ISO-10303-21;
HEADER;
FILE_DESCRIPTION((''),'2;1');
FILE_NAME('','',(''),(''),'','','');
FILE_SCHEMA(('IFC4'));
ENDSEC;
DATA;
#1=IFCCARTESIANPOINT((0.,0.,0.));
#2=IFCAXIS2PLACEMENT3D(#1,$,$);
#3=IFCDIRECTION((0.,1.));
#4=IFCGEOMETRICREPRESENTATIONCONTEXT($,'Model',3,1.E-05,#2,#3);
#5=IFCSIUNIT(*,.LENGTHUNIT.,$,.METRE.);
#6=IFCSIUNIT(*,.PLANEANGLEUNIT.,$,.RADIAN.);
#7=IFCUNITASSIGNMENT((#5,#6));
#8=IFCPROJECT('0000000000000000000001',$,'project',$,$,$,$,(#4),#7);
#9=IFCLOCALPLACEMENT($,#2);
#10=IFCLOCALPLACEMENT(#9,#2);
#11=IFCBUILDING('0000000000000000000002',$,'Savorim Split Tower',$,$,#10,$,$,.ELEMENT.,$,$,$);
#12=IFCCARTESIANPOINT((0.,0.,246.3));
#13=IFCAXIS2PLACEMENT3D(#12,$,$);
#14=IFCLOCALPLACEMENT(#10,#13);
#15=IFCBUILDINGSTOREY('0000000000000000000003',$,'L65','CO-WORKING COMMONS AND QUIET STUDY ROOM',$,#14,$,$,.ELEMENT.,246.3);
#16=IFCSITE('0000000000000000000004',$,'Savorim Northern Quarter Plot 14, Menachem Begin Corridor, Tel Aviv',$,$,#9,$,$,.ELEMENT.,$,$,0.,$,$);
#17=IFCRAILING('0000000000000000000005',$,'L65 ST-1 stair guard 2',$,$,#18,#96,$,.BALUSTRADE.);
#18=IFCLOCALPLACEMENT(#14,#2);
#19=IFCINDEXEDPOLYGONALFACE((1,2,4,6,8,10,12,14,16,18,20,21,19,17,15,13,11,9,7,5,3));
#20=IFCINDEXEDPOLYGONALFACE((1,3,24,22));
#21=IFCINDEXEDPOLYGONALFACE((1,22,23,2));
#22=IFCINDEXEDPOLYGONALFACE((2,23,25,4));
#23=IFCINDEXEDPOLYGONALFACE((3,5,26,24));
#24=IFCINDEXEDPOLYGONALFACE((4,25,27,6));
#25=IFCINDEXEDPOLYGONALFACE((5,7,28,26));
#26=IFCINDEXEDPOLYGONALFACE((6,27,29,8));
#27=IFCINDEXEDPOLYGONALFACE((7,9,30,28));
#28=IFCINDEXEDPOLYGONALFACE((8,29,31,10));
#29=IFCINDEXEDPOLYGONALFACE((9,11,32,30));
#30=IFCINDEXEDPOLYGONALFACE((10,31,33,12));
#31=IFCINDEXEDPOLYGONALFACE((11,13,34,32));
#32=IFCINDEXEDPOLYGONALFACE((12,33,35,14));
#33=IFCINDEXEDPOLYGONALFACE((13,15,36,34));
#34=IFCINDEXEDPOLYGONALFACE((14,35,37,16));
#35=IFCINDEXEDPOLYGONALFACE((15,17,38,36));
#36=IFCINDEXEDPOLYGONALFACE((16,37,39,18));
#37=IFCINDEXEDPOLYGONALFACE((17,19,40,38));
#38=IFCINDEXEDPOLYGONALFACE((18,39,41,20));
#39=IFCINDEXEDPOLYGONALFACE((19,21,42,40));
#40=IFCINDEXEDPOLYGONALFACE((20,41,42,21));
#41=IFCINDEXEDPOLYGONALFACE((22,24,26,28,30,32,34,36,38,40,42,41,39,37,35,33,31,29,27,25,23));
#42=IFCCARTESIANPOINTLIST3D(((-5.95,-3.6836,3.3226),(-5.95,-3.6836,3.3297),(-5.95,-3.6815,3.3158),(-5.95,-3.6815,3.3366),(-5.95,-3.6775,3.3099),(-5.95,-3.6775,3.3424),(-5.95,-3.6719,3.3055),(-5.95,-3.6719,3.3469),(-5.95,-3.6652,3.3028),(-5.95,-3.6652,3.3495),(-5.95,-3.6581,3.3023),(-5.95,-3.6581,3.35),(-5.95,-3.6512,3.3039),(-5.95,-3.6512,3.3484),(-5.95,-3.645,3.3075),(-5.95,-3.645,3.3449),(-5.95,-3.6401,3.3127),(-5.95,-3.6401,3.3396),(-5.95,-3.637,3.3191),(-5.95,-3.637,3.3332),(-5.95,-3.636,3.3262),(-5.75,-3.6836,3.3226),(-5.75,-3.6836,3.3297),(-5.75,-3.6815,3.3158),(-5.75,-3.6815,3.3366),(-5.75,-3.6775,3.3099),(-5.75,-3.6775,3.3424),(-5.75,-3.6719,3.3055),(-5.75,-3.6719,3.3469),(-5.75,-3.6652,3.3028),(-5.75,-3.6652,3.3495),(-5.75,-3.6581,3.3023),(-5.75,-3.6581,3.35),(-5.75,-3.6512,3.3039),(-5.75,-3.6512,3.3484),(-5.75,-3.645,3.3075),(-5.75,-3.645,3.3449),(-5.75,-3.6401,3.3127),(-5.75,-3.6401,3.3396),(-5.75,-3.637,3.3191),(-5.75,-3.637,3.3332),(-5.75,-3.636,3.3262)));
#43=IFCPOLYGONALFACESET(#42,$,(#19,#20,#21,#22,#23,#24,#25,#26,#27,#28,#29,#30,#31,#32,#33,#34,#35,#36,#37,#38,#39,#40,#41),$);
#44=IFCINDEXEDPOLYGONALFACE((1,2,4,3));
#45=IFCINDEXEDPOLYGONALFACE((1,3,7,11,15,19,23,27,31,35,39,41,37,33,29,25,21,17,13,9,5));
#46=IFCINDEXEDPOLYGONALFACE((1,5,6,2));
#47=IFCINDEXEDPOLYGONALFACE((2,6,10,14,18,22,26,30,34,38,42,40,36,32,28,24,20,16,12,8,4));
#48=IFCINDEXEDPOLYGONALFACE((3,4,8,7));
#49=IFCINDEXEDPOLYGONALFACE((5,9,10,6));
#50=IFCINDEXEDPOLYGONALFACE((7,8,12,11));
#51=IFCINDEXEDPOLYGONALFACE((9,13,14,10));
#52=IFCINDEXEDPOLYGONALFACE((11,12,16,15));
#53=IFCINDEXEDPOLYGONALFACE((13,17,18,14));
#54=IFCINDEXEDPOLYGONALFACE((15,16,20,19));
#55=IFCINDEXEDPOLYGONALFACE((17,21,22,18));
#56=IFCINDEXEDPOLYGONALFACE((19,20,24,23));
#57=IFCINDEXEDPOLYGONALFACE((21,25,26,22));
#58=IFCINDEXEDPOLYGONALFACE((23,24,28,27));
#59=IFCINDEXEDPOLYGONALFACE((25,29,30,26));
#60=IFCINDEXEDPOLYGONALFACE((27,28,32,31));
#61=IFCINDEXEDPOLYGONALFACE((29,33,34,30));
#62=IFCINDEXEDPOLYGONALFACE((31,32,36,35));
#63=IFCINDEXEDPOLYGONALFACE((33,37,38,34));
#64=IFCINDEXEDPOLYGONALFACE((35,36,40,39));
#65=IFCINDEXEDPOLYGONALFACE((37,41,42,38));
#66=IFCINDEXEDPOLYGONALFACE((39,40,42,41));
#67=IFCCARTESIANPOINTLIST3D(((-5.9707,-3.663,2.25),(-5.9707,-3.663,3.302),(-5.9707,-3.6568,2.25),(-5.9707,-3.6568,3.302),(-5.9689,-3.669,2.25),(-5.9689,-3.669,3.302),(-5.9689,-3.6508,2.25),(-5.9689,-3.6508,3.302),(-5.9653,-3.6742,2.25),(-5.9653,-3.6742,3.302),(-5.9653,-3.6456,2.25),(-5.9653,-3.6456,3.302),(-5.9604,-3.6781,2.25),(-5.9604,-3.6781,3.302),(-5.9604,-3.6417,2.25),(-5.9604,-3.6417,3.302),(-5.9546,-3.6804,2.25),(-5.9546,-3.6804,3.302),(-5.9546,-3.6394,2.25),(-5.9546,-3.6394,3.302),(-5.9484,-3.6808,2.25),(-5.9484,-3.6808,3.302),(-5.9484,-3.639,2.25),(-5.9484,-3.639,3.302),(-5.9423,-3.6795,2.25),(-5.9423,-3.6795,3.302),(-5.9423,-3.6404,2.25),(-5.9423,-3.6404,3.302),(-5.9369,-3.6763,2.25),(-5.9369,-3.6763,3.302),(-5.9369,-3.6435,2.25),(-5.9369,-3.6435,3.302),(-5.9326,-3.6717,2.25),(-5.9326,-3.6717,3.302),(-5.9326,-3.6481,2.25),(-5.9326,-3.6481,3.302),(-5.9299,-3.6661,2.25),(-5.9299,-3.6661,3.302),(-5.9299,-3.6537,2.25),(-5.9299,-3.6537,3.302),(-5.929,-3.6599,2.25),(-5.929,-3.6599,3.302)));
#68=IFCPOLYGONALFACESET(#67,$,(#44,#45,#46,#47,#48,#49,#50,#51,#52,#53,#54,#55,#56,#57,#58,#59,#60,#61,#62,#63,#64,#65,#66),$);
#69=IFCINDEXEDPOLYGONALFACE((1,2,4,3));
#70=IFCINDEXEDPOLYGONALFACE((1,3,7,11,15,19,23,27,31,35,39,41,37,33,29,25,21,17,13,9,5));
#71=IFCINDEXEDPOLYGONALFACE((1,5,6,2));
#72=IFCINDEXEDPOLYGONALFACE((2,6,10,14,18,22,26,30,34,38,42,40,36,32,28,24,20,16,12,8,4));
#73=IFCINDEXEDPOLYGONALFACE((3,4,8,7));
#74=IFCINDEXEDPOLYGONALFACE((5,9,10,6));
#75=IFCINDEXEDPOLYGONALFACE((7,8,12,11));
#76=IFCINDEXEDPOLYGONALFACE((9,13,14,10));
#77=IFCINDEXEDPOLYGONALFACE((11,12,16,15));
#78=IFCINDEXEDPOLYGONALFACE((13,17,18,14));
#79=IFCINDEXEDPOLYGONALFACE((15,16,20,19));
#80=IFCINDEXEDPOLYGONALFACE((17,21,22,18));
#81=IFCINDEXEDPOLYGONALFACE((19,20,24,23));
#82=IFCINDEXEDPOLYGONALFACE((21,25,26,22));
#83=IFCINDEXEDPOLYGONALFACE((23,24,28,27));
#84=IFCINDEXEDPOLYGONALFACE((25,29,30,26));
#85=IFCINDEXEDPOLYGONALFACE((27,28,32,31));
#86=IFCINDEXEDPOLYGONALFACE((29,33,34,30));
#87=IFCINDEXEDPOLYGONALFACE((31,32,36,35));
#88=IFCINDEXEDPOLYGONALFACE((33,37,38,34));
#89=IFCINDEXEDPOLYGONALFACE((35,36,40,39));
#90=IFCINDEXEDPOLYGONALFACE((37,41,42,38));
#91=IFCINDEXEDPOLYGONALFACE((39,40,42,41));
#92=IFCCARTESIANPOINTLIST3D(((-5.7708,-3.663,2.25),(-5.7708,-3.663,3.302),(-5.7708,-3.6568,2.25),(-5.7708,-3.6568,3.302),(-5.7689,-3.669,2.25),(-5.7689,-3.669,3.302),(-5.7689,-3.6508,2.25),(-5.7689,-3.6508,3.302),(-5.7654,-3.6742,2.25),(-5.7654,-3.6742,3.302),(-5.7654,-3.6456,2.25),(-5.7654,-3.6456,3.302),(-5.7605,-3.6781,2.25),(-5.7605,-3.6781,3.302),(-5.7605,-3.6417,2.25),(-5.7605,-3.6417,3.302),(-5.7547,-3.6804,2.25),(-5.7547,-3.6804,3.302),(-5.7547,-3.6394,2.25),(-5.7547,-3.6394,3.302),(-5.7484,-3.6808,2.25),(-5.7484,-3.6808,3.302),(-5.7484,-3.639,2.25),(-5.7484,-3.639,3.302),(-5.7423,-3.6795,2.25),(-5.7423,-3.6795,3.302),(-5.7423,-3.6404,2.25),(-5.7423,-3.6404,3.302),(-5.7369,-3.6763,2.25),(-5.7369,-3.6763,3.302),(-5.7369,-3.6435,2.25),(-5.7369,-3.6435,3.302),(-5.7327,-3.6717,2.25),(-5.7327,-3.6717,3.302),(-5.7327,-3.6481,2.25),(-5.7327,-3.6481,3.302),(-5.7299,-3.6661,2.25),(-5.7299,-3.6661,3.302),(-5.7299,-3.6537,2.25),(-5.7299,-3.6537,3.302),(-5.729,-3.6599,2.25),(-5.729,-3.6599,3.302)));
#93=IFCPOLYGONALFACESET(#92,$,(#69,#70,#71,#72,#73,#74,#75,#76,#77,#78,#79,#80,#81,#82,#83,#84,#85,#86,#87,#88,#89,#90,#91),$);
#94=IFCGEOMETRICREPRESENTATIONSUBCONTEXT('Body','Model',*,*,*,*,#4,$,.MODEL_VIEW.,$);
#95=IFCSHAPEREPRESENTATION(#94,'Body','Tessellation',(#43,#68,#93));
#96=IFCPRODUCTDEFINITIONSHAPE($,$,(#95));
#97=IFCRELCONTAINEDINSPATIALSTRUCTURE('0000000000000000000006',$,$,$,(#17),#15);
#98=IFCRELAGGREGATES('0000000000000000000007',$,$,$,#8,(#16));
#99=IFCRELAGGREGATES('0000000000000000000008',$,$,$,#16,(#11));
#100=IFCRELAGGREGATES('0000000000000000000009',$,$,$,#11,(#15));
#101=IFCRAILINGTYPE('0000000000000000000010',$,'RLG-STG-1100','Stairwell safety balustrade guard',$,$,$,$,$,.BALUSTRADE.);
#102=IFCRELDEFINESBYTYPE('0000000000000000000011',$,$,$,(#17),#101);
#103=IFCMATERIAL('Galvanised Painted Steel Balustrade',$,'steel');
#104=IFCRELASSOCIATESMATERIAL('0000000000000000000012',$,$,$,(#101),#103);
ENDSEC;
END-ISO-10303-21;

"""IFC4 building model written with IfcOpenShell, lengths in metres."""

from ifc_helpers import new_model, si_unit, direction, frame, origin, origin_2d, place, context, subcontext, project, spatial, circle, extrude, material, type_object, element, save


model = new_model("IFC4")

# Units and contexts
model_context = context("Model", 3, precision=1e-05, world=origin(), true_north=direction((0.0, 1.0)))
body_context = subcontext(model_context, "Body", "Model", "MODEL_VIEW")
ifc_project = project(units=[si_unit("LENGTHUNIT", "METRE"), si_unit("PLANEANGLEUNIT", "RADIAN")], contexts=[model_context])

# Site, building, storey
site_placement = place(None, origin())
site = spatial("IfcSite", under=ifc_project, at=site_placement, Name="Savorim Northern Quarter Plot 14, Menachem Begin Corridor, Tel Aviv", CompositionType="ELEMENT", RefElevation=0.0)
building_placement = place(site_placement, origin())
building = spatial("IfcBuilding", under=site, at=building_placement, Name="Savorim Split Tower", CompositionType="ELEMENT")
storey_placement = place(building_placement, frame((0.0, 0.0, 246.3)))
storey = spatial("IfcBuildingStorey", under=building, at=storey_placement, Name="L65", Description="CO-WORKING COMMONS AND QUIET STUDY ROOM", CompositionType="ELEMENT", Elevation=246.3)

# Railing
ifc_material_1 = material(Name="Galvanised Painted Steel Balustrade", Category="steel")
railing_type_1 = type_object("IfcRailingType", Name="RLG-STG-1100", Description="Stairwell safety balustrade guard", PredefinedType="BALUSTRADE", material=ifc_material_1)
railing_1_placement = place(storey_placement, frame((-5.95, -3.6599, 2.25)))
element("IfcRailing", 1, at=railing_1_placement, inside=storey, type_object=railing_type_1, Name="L65 ST-1 stair guard 2", PredefinedType="BALUSTRADE", context=body_context, shape_type="SweptSolid", body=[
    extrude(circle(Radius=0.0239, at=origin_2d()), frame((0.0, 0.0, 1.0762), z_axis=(1.0, 0.0, 0.0), x_axis=(0.0, 1.0, 0.0)), (0.0, 0.0, 1.0), 0.2),
    extrude(circle(Radius=0.021, at=origin_2d()), origin(), (0.0, 0.0, 1.0), 1.052),
    extrude(circle(Radius=0.021, at=origin_2d()), frame((0.2, 0.0, 0.0)), (0.0, 0.0, 1.0), 1.052),
])

save(model, "model.ifc")
